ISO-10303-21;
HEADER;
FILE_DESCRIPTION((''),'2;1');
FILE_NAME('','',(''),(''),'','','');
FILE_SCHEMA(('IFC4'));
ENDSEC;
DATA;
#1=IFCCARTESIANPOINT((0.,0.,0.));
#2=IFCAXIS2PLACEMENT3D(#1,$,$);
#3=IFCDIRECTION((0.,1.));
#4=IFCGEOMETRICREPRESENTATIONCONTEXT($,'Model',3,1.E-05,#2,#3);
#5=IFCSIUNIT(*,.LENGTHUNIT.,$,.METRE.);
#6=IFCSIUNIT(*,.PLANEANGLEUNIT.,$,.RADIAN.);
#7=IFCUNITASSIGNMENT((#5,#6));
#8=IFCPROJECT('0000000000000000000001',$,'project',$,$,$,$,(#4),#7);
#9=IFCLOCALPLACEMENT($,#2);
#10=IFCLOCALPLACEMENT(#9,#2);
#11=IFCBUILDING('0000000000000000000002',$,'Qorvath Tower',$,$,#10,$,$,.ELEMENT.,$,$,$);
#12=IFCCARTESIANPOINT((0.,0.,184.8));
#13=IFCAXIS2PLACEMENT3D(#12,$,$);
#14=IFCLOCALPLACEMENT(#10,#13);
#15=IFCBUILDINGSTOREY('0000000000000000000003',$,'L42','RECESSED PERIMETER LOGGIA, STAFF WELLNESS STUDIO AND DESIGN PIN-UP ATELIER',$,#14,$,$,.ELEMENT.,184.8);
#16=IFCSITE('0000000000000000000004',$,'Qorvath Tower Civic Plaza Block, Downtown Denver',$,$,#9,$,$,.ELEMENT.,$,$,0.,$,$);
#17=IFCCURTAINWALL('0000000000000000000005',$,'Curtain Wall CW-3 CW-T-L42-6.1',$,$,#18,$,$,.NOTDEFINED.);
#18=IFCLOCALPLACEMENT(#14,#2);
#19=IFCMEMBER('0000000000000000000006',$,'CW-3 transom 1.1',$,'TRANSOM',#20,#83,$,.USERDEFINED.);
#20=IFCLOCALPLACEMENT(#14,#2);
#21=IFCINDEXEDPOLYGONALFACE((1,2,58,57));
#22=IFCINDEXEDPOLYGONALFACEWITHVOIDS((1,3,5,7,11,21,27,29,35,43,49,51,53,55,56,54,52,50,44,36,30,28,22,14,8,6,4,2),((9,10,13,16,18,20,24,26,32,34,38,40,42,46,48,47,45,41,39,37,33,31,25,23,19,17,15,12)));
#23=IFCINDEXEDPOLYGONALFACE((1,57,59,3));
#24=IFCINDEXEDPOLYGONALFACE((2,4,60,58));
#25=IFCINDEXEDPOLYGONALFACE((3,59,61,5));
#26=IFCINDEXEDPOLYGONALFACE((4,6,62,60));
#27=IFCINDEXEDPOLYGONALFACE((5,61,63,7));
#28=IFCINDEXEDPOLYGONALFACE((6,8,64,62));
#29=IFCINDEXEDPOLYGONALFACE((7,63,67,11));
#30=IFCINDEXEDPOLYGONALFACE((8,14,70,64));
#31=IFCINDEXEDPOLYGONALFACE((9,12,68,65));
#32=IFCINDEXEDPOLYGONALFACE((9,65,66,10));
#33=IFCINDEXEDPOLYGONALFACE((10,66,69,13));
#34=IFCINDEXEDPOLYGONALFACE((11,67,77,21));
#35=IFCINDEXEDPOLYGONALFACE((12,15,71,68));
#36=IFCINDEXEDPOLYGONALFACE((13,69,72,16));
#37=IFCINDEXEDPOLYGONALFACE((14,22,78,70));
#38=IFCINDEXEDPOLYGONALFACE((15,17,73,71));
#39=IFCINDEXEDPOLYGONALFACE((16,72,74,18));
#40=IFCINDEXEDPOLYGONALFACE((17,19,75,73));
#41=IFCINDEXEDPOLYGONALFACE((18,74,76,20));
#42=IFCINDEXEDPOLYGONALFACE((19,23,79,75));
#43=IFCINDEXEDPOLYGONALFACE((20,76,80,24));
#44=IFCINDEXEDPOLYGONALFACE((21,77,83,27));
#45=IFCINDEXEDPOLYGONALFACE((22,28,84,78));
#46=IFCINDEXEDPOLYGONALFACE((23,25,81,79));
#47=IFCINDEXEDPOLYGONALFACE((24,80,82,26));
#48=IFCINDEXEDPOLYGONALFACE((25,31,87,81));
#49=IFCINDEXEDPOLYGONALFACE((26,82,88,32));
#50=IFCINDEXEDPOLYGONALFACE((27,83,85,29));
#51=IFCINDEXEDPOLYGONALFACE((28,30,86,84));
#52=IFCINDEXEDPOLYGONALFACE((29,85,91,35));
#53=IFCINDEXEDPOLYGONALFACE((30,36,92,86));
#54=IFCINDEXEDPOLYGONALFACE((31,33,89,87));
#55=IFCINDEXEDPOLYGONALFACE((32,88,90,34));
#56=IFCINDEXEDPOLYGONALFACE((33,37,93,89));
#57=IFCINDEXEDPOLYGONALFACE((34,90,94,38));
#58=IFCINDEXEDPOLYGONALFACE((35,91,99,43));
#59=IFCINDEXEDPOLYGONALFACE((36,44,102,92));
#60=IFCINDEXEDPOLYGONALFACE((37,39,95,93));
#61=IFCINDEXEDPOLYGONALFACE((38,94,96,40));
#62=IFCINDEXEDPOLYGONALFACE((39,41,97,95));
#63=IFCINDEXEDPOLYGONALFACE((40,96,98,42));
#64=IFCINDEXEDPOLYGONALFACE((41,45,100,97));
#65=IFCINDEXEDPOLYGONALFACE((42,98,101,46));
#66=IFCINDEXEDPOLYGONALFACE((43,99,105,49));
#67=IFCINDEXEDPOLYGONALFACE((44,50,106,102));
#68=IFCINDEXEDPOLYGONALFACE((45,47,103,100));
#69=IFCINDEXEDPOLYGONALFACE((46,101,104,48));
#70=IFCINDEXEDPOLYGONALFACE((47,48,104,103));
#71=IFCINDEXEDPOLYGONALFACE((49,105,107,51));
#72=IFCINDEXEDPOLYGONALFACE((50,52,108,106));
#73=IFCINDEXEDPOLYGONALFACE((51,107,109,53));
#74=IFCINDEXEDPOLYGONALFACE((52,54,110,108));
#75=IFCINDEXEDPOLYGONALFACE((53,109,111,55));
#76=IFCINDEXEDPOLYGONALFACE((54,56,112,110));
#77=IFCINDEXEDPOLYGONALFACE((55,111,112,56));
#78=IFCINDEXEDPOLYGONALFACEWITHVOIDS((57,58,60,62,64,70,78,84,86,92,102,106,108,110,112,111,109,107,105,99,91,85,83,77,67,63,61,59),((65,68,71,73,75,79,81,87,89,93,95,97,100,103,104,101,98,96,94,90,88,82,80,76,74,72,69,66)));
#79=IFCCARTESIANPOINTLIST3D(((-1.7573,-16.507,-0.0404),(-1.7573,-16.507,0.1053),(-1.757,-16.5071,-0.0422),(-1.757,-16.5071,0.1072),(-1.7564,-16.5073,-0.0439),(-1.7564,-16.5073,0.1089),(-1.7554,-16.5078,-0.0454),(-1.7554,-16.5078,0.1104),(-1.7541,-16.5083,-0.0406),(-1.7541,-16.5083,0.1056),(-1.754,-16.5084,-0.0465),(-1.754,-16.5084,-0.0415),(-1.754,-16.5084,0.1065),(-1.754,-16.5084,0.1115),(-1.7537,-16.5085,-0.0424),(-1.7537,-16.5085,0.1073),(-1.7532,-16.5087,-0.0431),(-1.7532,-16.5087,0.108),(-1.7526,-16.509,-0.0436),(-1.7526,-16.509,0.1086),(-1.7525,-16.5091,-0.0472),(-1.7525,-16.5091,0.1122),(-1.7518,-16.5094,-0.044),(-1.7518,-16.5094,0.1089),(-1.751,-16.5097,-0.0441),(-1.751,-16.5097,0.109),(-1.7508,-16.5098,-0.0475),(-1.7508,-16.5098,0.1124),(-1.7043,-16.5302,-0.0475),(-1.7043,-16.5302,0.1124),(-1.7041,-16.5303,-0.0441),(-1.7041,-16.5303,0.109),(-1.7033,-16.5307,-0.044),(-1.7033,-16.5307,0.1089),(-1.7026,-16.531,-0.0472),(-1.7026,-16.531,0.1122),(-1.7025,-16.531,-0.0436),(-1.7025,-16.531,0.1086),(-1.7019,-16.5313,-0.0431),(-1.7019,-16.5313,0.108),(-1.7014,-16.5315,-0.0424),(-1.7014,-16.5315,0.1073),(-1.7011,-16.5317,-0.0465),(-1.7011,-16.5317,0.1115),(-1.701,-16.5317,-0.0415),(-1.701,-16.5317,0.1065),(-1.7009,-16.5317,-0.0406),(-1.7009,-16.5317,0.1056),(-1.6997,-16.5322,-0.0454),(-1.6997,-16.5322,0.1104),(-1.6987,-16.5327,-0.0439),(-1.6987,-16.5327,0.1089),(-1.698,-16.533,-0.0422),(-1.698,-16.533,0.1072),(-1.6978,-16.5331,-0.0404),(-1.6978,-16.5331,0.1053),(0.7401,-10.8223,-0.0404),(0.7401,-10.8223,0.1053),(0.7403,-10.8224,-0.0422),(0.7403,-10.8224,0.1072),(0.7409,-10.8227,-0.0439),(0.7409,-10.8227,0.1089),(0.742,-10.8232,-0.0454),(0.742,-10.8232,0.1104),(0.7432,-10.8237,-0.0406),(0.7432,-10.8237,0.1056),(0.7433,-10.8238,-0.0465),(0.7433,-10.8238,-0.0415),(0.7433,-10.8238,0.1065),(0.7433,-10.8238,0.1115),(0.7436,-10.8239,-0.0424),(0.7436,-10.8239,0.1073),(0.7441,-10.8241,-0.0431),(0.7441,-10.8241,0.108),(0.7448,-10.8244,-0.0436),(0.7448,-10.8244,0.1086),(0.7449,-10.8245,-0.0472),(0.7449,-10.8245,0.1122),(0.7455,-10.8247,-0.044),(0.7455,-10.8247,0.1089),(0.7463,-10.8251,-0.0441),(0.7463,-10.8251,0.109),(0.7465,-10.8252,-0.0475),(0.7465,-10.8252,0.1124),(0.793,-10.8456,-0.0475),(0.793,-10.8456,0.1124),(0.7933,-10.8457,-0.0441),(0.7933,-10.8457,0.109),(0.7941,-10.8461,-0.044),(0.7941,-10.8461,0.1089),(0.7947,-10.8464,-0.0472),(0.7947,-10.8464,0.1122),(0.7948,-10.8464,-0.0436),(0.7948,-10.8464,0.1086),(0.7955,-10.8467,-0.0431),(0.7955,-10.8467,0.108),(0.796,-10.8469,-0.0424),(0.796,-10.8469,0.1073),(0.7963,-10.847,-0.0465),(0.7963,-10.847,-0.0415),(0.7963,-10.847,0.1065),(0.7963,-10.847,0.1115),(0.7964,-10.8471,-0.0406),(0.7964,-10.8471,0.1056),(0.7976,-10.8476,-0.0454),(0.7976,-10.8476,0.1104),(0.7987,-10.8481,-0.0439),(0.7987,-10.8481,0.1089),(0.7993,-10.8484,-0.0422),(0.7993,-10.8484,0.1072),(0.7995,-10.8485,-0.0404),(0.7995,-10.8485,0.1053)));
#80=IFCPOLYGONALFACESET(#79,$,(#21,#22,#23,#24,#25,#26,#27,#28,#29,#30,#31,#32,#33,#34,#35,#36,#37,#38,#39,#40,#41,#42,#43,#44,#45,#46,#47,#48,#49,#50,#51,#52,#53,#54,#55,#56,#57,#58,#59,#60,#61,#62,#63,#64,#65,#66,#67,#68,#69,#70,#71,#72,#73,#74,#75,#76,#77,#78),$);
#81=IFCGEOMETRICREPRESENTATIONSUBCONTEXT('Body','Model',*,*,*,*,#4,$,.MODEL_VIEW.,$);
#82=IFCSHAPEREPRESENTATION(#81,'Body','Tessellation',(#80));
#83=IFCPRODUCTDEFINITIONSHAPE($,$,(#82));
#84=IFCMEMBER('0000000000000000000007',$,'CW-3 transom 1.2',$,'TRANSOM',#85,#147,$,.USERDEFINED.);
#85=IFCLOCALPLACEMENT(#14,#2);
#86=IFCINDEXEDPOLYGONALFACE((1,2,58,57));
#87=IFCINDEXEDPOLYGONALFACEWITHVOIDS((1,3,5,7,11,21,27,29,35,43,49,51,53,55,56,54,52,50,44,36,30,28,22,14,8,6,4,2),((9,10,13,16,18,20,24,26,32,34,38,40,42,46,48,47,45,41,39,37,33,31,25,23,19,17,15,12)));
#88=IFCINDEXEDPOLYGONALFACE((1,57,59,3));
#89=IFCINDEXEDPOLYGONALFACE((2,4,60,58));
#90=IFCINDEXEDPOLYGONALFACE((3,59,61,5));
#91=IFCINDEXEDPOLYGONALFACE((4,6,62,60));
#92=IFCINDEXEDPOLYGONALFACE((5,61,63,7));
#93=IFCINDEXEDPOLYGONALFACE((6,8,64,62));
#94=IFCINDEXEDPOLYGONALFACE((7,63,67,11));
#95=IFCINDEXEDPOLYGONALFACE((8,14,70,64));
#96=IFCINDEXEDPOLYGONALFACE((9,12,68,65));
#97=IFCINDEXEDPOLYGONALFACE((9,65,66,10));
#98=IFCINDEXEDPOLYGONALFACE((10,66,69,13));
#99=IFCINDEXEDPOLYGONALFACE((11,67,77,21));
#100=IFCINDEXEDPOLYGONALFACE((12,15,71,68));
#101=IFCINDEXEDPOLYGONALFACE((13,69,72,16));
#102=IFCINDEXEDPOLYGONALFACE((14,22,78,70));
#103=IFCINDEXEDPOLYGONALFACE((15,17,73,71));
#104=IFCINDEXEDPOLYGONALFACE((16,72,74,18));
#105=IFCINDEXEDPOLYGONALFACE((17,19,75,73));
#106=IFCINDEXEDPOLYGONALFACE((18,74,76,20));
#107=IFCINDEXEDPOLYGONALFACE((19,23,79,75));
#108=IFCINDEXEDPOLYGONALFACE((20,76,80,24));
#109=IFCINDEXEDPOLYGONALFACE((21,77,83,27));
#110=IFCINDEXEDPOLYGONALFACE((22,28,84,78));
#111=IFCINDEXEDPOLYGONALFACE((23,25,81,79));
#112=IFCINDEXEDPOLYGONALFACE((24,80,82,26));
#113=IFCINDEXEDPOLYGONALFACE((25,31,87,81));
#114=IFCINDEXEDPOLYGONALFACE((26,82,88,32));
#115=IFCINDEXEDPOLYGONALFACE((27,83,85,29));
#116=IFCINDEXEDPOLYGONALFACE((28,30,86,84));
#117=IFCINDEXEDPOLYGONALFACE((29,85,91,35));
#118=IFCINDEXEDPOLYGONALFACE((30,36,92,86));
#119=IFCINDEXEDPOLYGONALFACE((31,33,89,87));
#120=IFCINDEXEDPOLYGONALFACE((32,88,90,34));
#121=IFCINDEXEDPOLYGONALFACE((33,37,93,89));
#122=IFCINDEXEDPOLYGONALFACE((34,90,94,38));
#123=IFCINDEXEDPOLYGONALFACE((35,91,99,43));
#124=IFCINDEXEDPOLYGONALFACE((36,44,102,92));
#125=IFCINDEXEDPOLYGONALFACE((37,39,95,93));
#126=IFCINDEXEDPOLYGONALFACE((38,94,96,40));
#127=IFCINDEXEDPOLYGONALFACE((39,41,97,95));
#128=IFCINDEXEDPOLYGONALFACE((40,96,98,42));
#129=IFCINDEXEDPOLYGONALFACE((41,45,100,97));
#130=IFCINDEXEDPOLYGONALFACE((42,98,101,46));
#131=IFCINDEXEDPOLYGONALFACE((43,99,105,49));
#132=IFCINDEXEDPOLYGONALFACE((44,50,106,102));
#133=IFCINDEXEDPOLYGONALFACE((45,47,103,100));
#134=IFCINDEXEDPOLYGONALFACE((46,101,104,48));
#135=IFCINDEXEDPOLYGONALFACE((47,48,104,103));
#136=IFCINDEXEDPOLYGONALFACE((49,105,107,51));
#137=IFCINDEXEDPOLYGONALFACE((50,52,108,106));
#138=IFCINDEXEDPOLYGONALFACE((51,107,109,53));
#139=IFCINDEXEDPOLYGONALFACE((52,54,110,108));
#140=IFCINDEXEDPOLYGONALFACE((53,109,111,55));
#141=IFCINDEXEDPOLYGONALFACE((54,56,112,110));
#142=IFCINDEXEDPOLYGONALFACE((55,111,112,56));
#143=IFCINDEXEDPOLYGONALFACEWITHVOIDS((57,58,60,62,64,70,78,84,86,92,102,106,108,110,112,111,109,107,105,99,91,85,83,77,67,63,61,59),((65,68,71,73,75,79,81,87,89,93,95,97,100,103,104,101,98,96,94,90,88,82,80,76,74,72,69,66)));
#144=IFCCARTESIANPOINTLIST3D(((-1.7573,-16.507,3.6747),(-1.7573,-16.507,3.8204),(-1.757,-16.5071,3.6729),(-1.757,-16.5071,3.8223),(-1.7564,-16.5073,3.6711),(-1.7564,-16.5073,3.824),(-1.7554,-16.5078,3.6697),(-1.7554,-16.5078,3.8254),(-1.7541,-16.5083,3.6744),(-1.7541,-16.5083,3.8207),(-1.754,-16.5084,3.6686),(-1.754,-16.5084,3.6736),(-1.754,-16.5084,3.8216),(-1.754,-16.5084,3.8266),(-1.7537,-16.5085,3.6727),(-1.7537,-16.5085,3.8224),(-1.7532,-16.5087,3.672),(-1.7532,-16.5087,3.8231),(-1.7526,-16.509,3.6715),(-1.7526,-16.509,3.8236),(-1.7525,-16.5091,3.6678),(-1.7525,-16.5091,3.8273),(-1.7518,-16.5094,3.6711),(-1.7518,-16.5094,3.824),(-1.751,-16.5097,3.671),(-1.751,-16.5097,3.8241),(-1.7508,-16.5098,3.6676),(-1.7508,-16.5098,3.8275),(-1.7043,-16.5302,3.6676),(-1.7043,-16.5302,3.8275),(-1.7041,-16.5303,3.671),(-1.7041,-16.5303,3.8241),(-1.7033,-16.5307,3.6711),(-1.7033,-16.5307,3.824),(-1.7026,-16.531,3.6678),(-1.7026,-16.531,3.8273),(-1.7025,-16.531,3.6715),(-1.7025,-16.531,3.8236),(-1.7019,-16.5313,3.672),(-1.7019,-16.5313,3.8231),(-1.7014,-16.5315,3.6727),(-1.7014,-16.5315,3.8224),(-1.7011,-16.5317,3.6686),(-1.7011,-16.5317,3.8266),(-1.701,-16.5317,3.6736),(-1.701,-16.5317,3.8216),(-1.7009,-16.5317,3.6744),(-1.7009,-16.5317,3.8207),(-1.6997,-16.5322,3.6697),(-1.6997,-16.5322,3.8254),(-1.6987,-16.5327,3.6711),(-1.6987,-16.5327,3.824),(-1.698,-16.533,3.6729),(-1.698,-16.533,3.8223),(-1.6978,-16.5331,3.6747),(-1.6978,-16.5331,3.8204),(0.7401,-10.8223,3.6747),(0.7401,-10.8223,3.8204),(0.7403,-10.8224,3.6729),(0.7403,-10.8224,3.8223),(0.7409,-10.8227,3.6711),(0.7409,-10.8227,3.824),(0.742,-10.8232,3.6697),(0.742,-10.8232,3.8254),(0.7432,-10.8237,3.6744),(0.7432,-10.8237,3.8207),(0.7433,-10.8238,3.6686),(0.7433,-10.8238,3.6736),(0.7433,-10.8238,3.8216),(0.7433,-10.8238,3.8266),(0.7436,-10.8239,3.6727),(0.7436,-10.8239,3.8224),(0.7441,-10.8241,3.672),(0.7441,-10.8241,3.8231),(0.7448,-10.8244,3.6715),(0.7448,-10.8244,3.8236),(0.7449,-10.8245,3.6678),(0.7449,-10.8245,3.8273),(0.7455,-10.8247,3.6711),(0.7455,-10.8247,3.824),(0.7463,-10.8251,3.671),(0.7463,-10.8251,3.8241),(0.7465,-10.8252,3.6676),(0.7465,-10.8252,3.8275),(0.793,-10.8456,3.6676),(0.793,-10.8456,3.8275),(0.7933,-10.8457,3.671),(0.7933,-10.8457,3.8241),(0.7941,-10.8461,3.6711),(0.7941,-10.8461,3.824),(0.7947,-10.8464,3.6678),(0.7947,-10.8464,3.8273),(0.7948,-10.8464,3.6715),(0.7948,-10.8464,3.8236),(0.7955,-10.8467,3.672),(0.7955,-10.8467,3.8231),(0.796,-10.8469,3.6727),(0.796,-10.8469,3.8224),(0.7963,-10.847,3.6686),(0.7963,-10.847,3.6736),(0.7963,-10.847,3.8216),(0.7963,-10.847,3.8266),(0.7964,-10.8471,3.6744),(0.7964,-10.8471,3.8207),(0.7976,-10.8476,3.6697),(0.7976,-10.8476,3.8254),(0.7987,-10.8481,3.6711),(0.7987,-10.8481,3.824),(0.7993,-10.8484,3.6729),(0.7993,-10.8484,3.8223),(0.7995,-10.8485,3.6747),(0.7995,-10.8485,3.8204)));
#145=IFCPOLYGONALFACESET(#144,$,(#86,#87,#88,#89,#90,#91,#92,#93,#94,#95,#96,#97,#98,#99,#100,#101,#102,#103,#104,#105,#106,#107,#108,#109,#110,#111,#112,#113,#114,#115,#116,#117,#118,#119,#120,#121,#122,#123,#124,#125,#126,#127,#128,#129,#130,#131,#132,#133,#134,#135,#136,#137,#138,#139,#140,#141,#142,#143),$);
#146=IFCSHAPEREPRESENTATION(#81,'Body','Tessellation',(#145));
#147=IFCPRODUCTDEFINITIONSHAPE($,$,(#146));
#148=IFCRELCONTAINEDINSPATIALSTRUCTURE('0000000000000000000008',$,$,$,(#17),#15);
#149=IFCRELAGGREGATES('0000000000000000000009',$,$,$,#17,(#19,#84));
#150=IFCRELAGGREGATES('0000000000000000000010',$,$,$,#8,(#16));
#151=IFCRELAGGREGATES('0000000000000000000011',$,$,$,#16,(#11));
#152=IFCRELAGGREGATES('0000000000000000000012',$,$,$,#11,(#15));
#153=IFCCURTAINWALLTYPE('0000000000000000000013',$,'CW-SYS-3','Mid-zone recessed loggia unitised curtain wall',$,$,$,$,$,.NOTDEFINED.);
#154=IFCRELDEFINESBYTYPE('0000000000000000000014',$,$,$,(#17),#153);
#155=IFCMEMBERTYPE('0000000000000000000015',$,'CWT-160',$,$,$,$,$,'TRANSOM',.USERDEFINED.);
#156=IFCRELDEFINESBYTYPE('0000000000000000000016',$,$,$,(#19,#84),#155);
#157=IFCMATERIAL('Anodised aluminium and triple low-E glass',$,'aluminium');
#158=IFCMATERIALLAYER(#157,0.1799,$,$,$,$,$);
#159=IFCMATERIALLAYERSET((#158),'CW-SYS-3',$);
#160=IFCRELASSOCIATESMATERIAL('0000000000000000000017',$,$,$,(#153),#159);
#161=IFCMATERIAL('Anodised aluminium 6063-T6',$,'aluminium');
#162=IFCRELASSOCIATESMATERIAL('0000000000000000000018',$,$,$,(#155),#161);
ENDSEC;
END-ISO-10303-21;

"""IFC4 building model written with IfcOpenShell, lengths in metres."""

from ifc_helpers import new_model, si_unit, direction, frame, origin, origin_2d, place, context, subcontext, project, spatial, hollow_rectangle, extrude, material, layer, layer_set, material_profile, profile_set, type_object, element, aggregate, save


model = new_model("IFC4")

# Units and contexts
model_context = context("Model", 3, precision=1e-05, world=origin(), true_north=direction((0.0, 1.0)))
body_context = subcontext(model_context, "Body", "Model", "MODEL_VIEW")
ifc_project = project(units=[si_unit("LENGTHUNIT", "METRE"), si_unit("PLANEANGLEUNIT", "RADIAN")], contexts=[model_context])

# Site, building, storey
site_placement = place(None, origin())
site = spatial("IfcSite", under=ifc_project, at=site_placement, Name="Qorvath Tower Civic Plaza Block, Downtown Denver", CompositionType="ELEMENT", RefElevation=0.0)
building_placement = place(site_placement, origin())
building = spatial("IfcBuilding", under=site, at=building_placement, Name="Qorvath Tower", CompositionType="ELEMENT")
storey_placement = place(building_placement, frame((0.0, 0.0, 184.8)))
storey = spatial("IfcBuildingStorey", under=building, at=storey_placement, Name="L42", Description="RECESSED PERIMETER LOGGIA, STAFF WELLNESS STUDIO AND DESIGN PIN-UP ATELIER", CompositionType="ELEMENT", Elevation=184.8)

# Curtain wall
ifc_material_1 = material(Name="Anodised aluminium and triple low-E glass", Category="aluminium")
ifc_layer_1 = layer(ifc_material_1, 0.1799)
ifc_layer_set_1 = layer_set([ifc_layer_1], Name="CW-SYS-3")
curtain_wall_type = type_object("IfcCurtainWallType", Name="CW-SYS-3", Description="Mid-zone recessed loggia unitised curtain wall", PredefinedType="NOTDEFINED", material=ifc_layer_set_1)
curtain_wall_1_placement = place(storey_placement, origin())
curtain_wall_1 = element("IfcCurtainWall", 1, at=curtain_wall_1_placement, inside=storey, type_object=curtain_wall_type, Name="Curtain Wall CW-3 CW-T-L42-6.1", PredefinedType="NOTDEFINED")

# Members
ifc_material_2 = material(Name="Anodised aluminium 6063-T6", Category="aluminium")
ifc_material_profile_1 = material_profile(ifc_material_2, hollow_rectangle(XDim=0.0649, YDim=0.1599, WallThickness=0.0034, InnerFilletRadius=0.0034, OuterFilletRadius=0.0071, at=origin_2d()), Name="CWT 160x65")
ifc_profile_set_1 = profile_set([ifc_material_profile_1], Name="Anodised aluminium 6063-T6")
member_type_1 = type_object("IfcMemberType", Name="CWT-160", ElementType="TRANSOM", PredefinedType="USERDEFINED", material=ifc_profile_set_1)
member_1_placement = place(storey_placement, frame((-1.7275, -16.52, 0.0325), z_axis=(0.402213, 0.915546, 0.0), x_axis=(-0.915546, 0.402213, 0.0)))
member_1 = element("IfcMember", 2, at=member_1_placement, type_object=member_type_1, Name="CW-3 transom 1.1", ObjectType="TRANSOM", PredefinedType="USERDEFINED", context=body_context, shape_type="SweptSolid", body=[
    extrude(hollow_rectangle(XDim=0.0649, YDim=0.1599, WallThickness=0.0034, InnerFilletRadius=0.0034, OuterFilletRadius=0.0071, at=origin_2d()), origin(), (0.0, 0.0, 1.0), 6.209),
])
member_2_placement = place(storey_placement, frame((-1.7275, -16.52, 3.7476), z_axis=(0.402213, 0.915546, 0.0), x_axis=(-0.915546, 0.402213, 0.0)))
member_2 = element("IfcMember", 3, at=member_2_placement, type_object=member_type_1, Name="CW-3 transom 1.2", ObjectType="TRANSOM", PredefinedType="USERDEFINED", context=body_context, shape_type="SweptSolid", body=[
    extrude(hollow_rectangle(XDim=0.0649, YDim=0.1599, WallThickness=0.0034, InnerFilletRadius=0.0034, OuterFilletRadius=0.0071, at=origin_2d()), origin(), (0.0, 0.0, 1.0), 6.209),
])

aggregate(curtain_wall_1, [member_1, member_2])

save(model, "model.ifc")
